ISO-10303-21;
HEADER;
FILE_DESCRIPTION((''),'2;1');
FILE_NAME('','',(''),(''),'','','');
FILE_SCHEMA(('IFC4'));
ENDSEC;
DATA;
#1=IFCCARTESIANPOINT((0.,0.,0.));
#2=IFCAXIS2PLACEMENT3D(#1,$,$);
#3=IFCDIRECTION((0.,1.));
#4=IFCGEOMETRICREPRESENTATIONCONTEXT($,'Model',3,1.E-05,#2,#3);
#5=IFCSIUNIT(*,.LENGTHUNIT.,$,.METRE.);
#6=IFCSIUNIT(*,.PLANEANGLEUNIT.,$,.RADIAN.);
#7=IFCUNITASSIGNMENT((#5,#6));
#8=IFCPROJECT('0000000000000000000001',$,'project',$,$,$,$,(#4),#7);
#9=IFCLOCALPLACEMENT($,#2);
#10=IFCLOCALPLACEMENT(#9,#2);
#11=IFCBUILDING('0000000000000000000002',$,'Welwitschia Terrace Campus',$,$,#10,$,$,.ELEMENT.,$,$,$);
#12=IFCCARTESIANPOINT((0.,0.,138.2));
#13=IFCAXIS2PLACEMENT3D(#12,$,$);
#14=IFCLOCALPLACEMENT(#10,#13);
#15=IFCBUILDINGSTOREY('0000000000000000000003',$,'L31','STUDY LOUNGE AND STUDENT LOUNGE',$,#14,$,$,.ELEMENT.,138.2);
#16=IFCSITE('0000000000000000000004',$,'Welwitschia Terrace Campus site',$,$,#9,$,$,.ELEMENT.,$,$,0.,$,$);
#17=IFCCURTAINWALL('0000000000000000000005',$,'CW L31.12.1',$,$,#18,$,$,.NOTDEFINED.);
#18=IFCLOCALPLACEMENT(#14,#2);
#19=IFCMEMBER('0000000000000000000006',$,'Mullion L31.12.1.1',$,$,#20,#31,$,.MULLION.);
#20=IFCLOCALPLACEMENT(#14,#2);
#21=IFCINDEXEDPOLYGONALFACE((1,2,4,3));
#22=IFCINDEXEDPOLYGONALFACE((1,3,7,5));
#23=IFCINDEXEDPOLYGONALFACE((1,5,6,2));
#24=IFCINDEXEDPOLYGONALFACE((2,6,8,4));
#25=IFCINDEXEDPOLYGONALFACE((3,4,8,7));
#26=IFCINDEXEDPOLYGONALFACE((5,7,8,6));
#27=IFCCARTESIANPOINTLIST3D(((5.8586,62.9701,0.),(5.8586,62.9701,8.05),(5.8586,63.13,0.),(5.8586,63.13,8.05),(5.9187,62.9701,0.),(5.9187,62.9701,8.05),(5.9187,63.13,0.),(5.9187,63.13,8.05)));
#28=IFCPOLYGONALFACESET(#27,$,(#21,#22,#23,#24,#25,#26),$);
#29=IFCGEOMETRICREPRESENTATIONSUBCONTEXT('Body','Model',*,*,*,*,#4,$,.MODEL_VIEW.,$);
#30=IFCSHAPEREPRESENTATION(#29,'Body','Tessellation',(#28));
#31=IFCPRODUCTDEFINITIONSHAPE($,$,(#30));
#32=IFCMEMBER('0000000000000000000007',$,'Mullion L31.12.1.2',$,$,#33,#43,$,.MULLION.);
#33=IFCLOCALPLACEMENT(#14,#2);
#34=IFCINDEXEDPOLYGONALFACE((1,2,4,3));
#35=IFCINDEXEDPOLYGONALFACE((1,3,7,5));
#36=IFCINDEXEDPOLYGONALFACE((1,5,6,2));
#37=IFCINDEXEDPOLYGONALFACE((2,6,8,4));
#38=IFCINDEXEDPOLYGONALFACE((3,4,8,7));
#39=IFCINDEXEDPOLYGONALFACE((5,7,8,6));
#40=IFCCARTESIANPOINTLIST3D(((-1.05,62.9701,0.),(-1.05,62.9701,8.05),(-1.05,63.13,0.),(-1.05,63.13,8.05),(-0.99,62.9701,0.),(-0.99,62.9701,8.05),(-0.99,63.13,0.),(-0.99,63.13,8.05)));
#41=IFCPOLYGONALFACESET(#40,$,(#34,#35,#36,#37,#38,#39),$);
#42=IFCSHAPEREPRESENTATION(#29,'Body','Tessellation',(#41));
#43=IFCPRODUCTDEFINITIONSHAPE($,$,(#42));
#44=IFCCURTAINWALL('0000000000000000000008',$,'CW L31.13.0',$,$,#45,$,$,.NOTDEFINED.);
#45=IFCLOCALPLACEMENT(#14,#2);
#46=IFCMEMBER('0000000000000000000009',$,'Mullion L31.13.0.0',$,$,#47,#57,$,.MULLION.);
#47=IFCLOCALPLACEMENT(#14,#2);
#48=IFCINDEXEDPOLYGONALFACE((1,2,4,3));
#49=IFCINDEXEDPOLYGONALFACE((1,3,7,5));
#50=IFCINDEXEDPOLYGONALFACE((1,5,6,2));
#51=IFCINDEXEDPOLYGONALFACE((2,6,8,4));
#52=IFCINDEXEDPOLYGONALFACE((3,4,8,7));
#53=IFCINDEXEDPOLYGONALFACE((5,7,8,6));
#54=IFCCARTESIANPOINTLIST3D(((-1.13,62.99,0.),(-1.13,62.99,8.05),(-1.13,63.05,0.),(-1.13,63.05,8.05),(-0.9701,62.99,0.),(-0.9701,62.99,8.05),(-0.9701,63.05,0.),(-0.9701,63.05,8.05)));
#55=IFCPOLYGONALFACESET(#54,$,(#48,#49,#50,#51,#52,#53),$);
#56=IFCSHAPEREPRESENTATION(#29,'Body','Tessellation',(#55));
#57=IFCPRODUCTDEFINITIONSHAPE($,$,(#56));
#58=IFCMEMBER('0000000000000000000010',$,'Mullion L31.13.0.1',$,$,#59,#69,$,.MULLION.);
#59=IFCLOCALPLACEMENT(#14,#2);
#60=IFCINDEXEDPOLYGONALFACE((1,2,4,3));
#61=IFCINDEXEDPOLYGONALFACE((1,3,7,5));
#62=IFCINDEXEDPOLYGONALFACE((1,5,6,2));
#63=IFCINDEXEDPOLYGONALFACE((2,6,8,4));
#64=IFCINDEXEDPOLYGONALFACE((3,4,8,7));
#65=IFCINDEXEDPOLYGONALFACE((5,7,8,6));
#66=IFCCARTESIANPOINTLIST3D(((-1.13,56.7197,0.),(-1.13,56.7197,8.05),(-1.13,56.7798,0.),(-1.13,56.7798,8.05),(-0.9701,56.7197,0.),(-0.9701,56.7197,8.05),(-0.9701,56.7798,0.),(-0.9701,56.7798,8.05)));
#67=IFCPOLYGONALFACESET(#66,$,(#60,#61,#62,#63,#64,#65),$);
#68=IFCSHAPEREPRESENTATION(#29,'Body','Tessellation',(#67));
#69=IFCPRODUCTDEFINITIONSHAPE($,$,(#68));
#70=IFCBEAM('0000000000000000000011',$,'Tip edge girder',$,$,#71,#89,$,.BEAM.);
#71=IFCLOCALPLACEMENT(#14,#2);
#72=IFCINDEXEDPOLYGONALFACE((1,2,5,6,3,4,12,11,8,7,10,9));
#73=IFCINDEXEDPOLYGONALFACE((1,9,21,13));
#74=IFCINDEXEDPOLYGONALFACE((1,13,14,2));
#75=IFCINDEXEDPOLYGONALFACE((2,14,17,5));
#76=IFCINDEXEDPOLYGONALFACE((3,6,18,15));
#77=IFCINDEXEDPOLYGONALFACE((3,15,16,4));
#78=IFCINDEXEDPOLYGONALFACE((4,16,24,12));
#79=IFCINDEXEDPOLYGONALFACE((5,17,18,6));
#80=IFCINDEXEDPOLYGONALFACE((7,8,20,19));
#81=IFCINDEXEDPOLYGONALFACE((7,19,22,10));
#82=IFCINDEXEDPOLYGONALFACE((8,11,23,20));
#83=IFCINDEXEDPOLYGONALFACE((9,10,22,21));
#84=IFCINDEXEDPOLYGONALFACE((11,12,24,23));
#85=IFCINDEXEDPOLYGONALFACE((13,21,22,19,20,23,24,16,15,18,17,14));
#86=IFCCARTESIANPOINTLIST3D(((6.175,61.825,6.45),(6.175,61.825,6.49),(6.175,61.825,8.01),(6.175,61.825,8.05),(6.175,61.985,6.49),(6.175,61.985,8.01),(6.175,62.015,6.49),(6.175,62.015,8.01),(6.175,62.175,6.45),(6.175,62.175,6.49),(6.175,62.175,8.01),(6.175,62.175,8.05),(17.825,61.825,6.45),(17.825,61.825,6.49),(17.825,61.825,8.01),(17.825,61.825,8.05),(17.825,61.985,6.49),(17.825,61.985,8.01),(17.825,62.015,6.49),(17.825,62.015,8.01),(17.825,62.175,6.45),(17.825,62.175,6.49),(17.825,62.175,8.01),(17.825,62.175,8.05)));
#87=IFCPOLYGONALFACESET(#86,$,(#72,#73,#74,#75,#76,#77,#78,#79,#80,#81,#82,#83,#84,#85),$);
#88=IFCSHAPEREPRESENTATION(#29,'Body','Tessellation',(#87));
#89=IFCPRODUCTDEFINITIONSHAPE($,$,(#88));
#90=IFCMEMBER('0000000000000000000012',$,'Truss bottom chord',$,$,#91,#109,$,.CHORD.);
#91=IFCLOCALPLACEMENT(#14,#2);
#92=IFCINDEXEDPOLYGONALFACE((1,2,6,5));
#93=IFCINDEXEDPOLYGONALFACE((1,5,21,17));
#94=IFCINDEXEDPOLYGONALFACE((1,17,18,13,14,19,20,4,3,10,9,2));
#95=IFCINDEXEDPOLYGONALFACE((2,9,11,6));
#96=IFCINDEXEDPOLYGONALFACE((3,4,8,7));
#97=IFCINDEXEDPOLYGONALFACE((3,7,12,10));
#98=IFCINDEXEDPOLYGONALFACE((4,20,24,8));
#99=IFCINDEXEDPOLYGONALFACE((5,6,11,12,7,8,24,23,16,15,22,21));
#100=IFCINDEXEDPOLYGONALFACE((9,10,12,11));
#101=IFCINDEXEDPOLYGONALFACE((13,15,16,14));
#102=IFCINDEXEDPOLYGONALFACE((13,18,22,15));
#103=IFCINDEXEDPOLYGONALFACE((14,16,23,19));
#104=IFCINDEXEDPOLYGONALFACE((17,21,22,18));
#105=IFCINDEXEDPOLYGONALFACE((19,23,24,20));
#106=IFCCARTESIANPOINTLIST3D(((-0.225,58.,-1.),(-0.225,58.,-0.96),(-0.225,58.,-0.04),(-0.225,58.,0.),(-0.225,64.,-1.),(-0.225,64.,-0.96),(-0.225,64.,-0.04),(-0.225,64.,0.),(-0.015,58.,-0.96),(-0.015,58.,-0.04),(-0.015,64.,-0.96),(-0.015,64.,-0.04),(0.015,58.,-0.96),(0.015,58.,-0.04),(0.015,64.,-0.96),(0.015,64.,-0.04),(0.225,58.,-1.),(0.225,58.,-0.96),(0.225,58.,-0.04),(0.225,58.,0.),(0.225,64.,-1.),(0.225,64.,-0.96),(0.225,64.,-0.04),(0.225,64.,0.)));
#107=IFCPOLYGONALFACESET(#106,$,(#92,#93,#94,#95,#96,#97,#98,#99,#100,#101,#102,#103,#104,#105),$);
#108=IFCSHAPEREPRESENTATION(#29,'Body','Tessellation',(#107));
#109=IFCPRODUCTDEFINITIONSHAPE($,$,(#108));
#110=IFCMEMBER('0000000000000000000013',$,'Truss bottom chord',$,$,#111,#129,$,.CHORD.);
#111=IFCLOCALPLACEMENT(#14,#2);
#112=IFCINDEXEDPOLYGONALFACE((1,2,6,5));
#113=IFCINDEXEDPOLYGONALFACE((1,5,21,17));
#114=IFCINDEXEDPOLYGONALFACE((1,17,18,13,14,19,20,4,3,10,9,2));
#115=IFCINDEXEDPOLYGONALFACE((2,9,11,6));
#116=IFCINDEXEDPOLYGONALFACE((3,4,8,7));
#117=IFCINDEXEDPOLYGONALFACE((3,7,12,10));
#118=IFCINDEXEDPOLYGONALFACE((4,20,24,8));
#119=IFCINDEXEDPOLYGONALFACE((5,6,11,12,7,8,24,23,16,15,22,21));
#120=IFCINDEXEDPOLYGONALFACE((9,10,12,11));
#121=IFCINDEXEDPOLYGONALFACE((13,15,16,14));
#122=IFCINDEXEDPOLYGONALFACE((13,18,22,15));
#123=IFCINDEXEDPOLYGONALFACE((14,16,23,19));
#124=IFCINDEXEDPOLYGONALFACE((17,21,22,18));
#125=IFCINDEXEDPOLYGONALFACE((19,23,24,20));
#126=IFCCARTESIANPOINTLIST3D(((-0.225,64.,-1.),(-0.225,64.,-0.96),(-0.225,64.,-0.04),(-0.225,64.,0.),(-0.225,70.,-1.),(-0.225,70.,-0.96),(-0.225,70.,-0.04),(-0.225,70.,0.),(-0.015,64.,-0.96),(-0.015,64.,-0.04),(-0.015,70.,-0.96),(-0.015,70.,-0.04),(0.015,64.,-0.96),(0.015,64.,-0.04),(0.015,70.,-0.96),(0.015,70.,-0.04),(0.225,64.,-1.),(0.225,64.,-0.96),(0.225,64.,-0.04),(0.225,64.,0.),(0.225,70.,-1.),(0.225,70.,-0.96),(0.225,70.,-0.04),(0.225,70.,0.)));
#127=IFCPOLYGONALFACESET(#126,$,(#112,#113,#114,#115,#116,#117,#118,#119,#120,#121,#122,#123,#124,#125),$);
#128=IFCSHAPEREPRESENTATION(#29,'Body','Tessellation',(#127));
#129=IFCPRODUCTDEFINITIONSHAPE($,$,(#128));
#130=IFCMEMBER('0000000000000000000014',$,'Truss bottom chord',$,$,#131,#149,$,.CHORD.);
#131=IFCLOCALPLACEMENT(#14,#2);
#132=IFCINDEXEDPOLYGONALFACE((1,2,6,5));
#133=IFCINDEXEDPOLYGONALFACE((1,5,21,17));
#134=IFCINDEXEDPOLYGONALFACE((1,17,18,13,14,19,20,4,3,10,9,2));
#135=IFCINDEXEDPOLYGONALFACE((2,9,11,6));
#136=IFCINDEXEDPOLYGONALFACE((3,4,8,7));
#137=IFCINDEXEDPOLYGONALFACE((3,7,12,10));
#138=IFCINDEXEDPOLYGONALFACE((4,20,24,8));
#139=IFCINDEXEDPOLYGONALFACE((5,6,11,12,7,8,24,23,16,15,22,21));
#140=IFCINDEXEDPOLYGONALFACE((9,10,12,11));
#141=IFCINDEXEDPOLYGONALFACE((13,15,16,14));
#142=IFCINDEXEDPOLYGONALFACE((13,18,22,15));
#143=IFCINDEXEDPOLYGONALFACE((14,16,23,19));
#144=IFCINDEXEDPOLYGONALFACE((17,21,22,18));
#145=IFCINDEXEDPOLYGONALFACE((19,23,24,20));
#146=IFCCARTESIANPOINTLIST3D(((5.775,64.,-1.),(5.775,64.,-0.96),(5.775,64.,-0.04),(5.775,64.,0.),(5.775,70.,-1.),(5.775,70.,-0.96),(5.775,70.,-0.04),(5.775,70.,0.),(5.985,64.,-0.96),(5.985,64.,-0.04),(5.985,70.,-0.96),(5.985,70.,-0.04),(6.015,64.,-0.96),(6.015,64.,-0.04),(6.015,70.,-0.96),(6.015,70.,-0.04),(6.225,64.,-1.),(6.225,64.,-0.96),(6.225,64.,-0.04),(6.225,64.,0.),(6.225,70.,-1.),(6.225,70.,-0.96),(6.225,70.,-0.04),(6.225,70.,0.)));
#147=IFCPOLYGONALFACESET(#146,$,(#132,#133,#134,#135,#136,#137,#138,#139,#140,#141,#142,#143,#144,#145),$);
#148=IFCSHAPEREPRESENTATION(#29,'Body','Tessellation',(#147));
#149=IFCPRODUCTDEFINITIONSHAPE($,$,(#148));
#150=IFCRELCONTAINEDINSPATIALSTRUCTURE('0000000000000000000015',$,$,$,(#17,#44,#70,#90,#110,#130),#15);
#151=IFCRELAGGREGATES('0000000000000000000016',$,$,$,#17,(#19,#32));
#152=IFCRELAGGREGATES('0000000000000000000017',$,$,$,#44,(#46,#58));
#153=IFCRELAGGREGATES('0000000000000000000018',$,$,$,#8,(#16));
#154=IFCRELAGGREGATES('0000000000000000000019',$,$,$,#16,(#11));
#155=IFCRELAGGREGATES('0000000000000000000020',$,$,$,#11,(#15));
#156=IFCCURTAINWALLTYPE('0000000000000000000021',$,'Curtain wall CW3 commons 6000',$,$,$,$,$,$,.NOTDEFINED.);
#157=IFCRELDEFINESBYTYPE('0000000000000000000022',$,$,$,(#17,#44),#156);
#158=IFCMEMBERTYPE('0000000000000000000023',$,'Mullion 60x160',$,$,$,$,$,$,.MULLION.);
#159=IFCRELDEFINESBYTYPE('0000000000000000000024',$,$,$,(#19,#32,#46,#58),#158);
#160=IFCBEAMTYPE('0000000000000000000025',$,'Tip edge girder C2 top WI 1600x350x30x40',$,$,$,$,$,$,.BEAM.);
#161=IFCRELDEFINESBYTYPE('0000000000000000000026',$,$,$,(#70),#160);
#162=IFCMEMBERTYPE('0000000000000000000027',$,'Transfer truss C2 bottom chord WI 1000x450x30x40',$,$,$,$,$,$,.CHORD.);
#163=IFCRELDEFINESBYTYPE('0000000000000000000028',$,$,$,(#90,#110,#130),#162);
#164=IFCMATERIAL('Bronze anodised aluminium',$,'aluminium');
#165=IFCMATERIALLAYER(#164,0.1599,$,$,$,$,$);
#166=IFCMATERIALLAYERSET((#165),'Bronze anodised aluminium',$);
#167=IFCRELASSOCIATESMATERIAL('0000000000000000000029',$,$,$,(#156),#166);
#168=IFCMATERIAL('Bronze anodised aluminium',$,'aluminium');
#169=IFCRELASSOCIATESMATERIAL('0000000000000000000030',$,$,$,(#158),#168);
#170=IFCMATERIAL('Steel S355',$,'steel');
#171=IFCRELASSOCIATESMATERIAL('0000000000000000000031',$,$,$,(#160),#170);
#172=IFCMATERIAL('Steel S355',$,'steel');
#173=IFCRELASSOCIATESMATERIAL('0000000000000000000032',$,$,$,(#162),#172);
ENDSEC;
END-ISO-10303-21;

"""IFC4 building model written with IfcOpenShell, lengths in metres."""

from ifc_helpers import new_model, si_unit, direction, frame, origin, origin_2d, place, context, subcontext, project, spatial, rectangle, i_section, extrude, material, layer, layer_set, material_profile, profile_set, type_object, element, aggregate, save


model = new_model("IFC4")

# Units and contexts
model_context = context("Model", 3, precision=1e-05, world=origin(), true_north=direction((0.0, 1.0)))
body_context = subcontext(model_context, "Body", "Model", "MODEL_VIEW")
ifc_project = project(units=[si_unit("LENGTHUNIT", "METRE"), si_unit("PLANEANGLEUNIT", "RADIAN")], contexts=[model_context])

# Site, building, storey
site_placement = place(None, origin())
site = spatial("IfcSite", under=ifc_project, at=site_placement, Name="Welwitschia Terrace Campus site", CompositionType="ELEMENT", RefElevation=0.0)
building_placement = place(site_placement, origin())
building = spatial("IfcBuilding", under=site, at=building_placement, Name="Welwitschia Terrace Campus", CompositionType="ELEMENT")
storey_placement = place(building_placement, frame((0.0, 0.0, 138.2)))
storey = spatial("IfcBuildingStorey", under=building, at=storey_placement, Name="L31", Description="STUDY LOUNGE AND STUDENT LOUNGE", CompositionType="ELEMENT", Elevation=138.2)

# Curtain walls, members
ifc_material_1 = material(Name="Bronze anodised aluminium", Category="aluminium")
ifc_layer_1 = layer(ifc_material_1, 0.1599)
ifc_layer_set_1 = layer_set([ifc_layer_1], Name="Bronze anodised aluminium")
curtain_wall_type = type_object("IfcCurtainWallType", Name="Curtain wall CW3 commons 6000", PredefinedType="NOTDEFINED", material=ifc_layer_set_1)
curtain_wall_1_placement = place(storey_placement, origin())
curtain_wall_1 = element("IfcCurtainWall", 1, at=curtain_wall_1_placement, inside=storey, type_object=curtain_wall_type, Name="CW L31.12.1", PredefinedType="NOTDEFINED")
ifc_material_2 = material(Name="Bronze anodised aluminium", Category="aluminium")
ifc_material_profile_1 = material_profile(ifc_material_2, rectangle(XDim=0.1599, YDim=0.0601, at=origin_2d()))
ifc_profile_set_1 = profile_set([ifc_material_profile_1], Name="Bronze anodised aluminium")
member_type_1 = type_object("IfcMemberType", Name="Mullion 60x160", PredefinedType="MULLION", material=ifc_profile_set_1)
member_1_placement = place(storey_placement, frame((5.8887, 63.05, 0.0), z_axis=(0.0, 0.0, 1.0), x_axis=(0.0, -1.0, 0.0)))
member_1 = element("IfcMember", 2, at=member_1_placement, type_object=member_type_1, Name="Mullion L31.12.1.1", PredefinedType="MULLION", context=body_context, shape_type="SweptSolid", body=[
    extrude(rectangle(XDim=0.1599, YDim=0.0601, at=origin_2d()), origin(), (0.0, 0.0, 1.0), 8.05),
])
member_2_placement = place(storey_placement, frame((-1.02, 63.05, 0.0), z_axis=(0.0, 0.0, 1.0), x_axis=(0.0, -1.0, 0.0)))
member_2 = element("IfcMember", 3, at=member_2_placement, type_object=member_type_1, Name="Mullion L31.12.1.2", PredefinedType="MULLION", context=body_context, shape_type="SweptSolid", body=[
    extrude(rectangle(XDim=0.1599, YDim=0.0601, at=origin_2d()), origin(), (0.0, 0.0, 1.0), 8.05),
])
curtain_wall_2_placement = place(storey_placement, origin())
curtain_wall_2 = element("IfcCurtainWall", 4, at=curtain_wall_2_placement, inside=storey, type_object=curtain_wall_type, Name="CW L31.13.0", PredefinedType="NOTDEFINED")
member_3_placement = place(storey_placement, frame((-1.05, 63.02, 0.0), z_axis=(0.0, 0.0, 1.0), x_axis=(1.0, 0.0, 0.0)))
member_3 = element("IfcMember", 5, at=member_3_placement, type_object=member_type_1, Name="Mullion L31.13.0.0", PredefinedType="MULLION", context=body_context, shape_type="SweptSolid", body=[
    extrude(rectangle(XDim=0.1599, YDim=0.0601, at=origin_2d()), origin(), (0.0, 0.0, 1.0), 8.05),
])
member_4_placement = place(storey_placement, frame((-1.05, 56.7498, 0.0), z_axis=(0.0, 0.0, 1.0), x_axis=(1.0, 0.0, 0.0)))
member_4 = element("IfcMember", 6, at=member_4_placement, type_object=member_type_1, Name="Mullion L31.13.0.1", PredefinedType="MULLION", context=body_context, shape_type="SweptSolid", body=[
    extrude(rectangle(XDim=0.1599, YDim=0.0601, at=origin_2d()), origin(), (0.0, 0.0, 1.0), 8.05),
])

# Beam
ifc_material_3 = material(Name="Steel S355", Category="steel")
ifc_material_profile_2 = material_profile(ifc_material_3, i_section(OverallWidth=0.3501, OverallDepth=1.6001, WebThickness=0.03, FlangeThickness=0.04, at=origin_2d()))
ifc_profile_set_2 = profile_set([ifc_material_profile_2], Name="Steel S355")
beam_type = type_object("IfcBeamType", Name="Tip edge girder C2 top WI 1600x350x30x40", PredefinedType="BEAM", material=ifc_profile_set_2)
beam_placement = place(storey_placement, frame((6.175, 62.0, 7.25), z_axis=(1.0, 0.0, 0.0), x_axis=(0.0, 1.0, 0.0)))
element("IfcBeam", 7, at=beam_placement, inside=storey, type_object=beam_type, Name="Tip edge girder", PredefinedType="BEAM", context=body_context, shape_type="SweptSolid", body=[
    extrude(i_section(OverallWidth=0.3501, OverallDepth=1.6001, WebThickness=0.03, FlangeThickness=0.04, at=origin_2d()), origin(), (0.0, 0.0, 1.0), 11.6499),
])

# Members
ifc_material_4 = material(Name="Steel S355", Category="steel")
ifc_material_profile_3 = material_profile(ifc_material_4, i_section(OverallWidth=0.45, OverallDepth=1.0, WebThickness=0.03, FlangeThickness=0.04, at=origin_2d()))
ifc_profile_set_3 = profile_set([ifc_material_profile_3], Name="Steel S355")
member_type_2 = type_object("IfcMemberType", Name="Transfer truss C2 bottom chord WI 1000x450x30x40", PredefinedType="CHORD", material=ifc_profile_set_3)
for number, where, z_axis, x_axis, name in (
    (8, (0.0, 58.0, -0.5), (0.0, 1.0, 0.0), (-1.0, 0.0, 0.0), "Truss bottom chord"),
    (9, (0.0, 64.0, -0.5), (0.0, 1.0, 0.0), (-1.0, 0.0, 0.0), "Truss bottom chord"),
    (10, (6.0, 64.0, -0.5), (0.0, 1.0, 0.0), (-1.0, 0.0, 0.0), "Truss bottom chord"),
):
    element("IfcMember", number, at=place(storey_placement, frame(where, z_axis=z_axis, x_axis=x_axis)), inside=storey, type_object=member_type_2, Name=name, PredefinedType="CHORD", context=body_context, shape_type="SweptSolid", body=[
        extrude(i_section(OverallWidth=0.45, OverallDepth=1.0, WebThickness=0.03, FlangeThickness=0.04, at=origin_2d()), origin(), (0.0, 0.0, 1.0), 6.0),
    ])

aggregate(curtain_wall_1, [member_1, member_2])
aggregate(curtain_wall_2, [member_3, member_4])

save(model, "model.ifc")
